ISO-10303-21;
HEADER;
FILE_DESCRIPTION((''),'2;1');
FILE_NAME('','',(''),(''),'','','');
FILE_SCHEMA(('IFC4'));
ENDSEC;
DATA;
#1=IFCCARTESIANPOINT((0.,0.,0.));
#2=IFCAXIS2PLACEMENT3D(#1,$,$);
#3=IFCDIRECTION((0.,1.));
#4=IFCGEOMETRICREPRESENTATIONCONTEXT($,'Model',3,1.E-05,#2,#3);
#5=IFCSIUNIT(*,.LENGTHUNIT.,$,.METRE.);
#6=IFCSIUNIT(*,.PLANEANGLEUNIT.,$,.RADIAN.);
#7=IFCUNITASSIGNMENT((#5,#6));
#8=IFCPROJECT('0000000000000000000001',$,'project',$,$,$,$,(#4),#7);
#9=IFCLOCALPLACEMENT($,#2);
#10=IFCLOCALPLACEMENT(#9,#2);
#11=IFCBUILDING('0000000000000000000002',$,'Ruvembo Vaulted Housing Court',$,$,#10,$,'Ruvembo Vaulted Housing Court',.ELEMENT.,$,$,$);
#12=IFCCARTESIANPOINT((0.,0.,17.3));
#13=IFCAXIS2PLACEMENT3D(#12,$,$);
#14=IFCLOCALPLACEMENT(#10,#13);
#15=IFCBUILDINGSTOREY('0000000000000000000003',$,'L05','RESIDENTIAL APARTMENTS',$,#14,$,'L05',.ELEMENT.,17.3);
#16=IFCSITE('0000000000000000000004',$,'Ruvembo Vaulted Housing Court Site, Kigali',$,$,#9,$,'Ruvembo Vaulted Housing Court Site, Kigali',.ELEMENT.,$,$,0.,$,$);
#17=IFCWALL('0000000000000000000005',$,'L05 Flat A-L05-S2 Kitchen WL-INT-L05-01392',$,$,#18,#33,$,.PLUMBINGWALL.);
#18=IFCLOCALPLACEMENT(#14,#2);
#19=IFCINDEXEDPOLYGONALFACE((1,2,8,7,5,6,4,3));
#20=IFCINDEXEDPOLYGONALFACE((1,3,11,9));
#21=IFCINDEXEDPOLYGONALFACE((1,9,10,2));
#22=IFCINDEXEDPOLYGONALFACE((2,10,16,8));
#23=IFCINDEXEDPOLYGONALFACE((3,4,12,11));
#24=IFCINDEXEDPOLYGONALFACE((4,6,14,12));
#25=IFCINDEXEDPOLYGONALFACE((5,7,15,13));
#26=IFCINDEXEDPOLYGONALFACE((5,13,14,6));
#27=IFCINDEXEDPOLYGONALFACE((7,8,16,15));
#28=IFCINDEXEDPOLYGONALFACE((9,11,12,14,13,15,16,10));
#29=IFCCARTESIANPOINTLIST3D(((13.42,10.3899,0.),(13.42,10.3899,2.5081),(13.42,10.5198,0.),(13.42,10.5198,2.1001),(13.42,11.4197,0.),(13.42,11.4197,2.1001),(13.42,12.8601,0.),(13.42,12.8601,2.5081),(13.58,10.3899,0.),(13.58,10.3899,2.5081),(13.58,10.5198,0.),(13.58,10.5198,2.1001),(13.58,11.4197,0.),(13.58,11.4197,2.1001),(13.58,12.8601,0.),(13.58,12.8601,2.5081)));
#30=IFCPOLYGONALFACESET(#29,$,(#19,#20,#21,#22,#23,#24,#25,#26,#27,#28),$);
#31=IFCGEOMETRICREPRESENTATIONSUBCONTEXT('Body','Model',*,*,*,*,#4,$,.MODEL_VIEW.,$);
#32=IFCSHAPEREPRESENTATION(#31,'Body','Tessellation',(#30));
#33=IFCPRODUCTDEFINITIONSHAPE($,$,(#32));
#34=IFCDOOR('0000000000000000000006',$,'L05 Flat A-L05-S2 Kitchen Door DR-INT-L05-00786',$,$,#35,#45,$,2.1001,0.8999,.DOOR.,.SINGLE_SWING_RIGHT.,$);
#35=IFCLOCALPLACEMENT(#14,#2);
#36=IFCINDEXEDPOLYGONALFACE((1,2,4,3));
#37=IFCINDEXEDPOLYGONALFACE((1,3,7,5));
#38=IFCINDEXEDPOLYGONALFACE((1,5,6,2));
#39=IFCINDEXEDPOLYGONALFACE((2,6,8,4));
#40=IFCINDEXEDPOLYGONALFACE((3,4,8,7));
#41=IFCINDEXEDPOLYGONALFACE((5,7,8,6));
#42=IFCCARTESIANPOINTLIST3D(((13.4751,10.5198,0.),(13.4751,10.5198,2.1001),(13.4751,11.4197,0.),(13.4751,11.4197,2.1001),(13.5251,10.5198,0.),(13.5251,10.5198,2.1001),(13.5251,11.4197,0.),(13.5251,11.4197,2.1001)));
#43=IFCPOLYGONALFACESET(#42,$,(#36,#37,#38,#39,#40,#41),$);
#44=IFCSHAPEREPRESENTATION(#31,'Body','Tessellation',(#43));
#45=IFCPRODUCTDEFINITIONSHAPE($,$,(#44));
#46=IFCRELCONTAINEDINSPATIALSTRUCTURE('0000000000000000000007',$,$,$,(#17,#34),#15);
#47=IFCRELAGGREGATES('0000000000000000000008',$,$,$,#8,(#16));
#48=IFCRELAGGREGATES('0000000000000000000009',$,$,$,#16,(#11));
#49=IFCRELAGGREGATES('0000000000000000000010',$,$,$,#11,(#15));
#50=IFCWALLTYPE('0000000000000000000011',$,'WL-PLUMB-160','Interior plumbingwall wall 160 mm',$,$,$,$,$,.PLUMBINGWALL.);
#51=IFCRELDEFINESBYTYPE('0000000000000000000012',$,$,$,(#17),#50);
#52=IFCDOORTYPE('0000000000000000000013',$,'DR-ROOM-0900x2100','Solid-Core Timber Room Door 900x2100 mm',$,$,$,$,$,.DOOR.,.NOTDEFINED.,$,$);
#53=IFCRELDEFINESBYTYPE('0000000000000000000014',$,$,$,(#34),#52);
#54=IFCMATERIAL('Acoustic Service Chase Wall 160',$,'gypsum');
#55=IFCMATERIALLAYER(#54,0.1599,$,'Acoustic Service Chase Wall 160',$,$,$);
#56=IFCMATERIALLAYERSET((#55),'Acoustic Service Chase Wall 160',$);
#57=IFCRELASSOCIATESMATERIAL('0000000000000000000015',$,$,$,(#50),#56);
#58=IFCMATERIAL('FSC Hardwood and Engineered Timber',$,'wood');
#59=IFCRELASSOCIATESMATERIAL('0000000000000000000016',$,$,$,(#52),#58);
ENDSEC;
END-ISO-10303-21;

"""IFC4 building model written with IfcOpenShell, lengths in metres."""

from ifc_helpers import new_model, si_unit, direction, frame, frame_2d, origin, place, context, subcontext, project, spatial, rectangle, extrude, material, layer, layer_set, type_object, element, fill, save


model = new_model("IFC4")

# Units and contexts
model_context = context("Model", 3, precision=1e-05, world=origin(), true_north=direction((0.0, 1.0)))
body_context = subcontext(model_context, "Body", "Model", "MODEL_VIEW")
ifc_project = project(units=[si_unit("LENGTHUNIT", "METRE"), si_unit("PLANEANGLEUNIT", "RADIAN")], contexts=[model_context])

# Site, building, storey
site_placement = place(None, origin())
site = spatial("IfcSite", under=ifc_project, at=site_placement, Name="Ruvembo Vaulted Housing Court Site, Kigali", LongName="Ruvembo Vaulted Housing Court Site, Kigali", CompositionType="ELEMENT", RefElevation=0.0)
building_placement = place(site_placement, origin())
building = spatial("IfcBuilding", under=site, at=building_placement, Name="Ruvembo Vaulted Housing Court", LongName="Ruvembo Vaulted Housing Court", CompositionType="ELEMENT")
storey_placement = place(building_placement, frame((0.0, 0.0, 17.3)))
storey = spatial("IfcBuildingStorey", under=building, at=storey_placement, Name="L05", Description="RESIDENTIAL APARTMENTS", LongName="L05", CompositionType="ELEMENT", Elevation=17.3)

# Shared definitions
ifc_material_1 = material(Name="FSC Hardwood and Engineered Timber", Category="wood")

# Wall, opening, door
ifc_material_2 = material(Name="Acoustic Service Chase Wall 160", Category="gypsum")
ifc_layer_1 = layer(ifc_material_2, 0.1599, Name="Acoustic Service Chase Wall 160")
ifc_layer_set_1 = layer_set([ifc_layer_1], Name="Acoustic Service Chase Wall 160")
wall_type_1 = type_object("IfcWallType", Name="WL-PLUMB-160", Description="Interior plumbingwall wall 160 mm", PredefinedType="PLUMBINGWALL", material=ifc_layer_set_1)
wall_1_placement = place(storey_placement, frame((13.5, 10.3899, 0.0), z_axis=(0.0, 0.0, 1.0), x_axis=(0.0, 1.0, 0.0)))
wall_1 = element("IfcWall", 1, at=wall_1_placement, inside=storey, type_object=wall_type_1, Name="L05 Flat A-L05-S2 Kitchen WL-INT-L05-01392", PredefinedType="PLUMBINGWALL", context=body_context, shape_type="SweptSolid", body=[
    extrude(rectangle(XDim=2.4702, YDim=0.1599, at=frame_2d((1.2351, 0.0))), origin(), (0.0, 0.0, 1.0), 2.5081),
])
opening_1_placement = place(wall_1_placement, frame((0.1299, 0.0, 0.0)))
opening_1 = element("IfcOpeningElement", 2, at=opening_1_placement, cuts=wall_1, PredefinedType="OPENING", context=body_context, shape_type="SweptSolid", body=[
    extrude(rectangle(XDim=0.8999, YDim=2.1001, at=frame_2d((0.45, 1.05))), frame((0.0, 0.0898, 0.0), z_axis=(0.0, -1.0, 0.0), x_axis=(1.0, 0.0, 0.0)), (0.0, 0.0, 1.0), 0.1799),
])
door_type_1 = type_object("IfcDoorType", Name="DR-ROOM-0900x2100", Description="Solid-Core Timber Room Door 900x2100 mm", OperationType="NOTDEFINED", PredefinedType="DOOR", material=ifc_material_1)
door_1_placement = place(opening_1_placement, origin())
door_1 = element("IfcDoor", 3, at=door_1_placement, inside=storey, type_object=door_type_1, Name="L05 Flat A-L05-S2 Kitchen Door DR-INT-L05-00786", OperationType="SINGLE_SWING_RIGHT", OverallHeight=2.1001, OverallWidth=0.8999, PredefinedType="DOOR", context=body_context, shape_type="SweptSolid", body=[
    extrude(rectangle(XDim=0.8999, YDim=2.1001, at=frame_2d((0.45, 1.05))), frame((0.0, 0.0249, 0.0), z_axis=(0.0, -1.0, 0.0), x_axis=(1.0, 0.0, 0.0)), (0.0, 0.0, 1.0), 0.05),
])
fill(opening_1, door_1)

save(model, "model.ifc")
